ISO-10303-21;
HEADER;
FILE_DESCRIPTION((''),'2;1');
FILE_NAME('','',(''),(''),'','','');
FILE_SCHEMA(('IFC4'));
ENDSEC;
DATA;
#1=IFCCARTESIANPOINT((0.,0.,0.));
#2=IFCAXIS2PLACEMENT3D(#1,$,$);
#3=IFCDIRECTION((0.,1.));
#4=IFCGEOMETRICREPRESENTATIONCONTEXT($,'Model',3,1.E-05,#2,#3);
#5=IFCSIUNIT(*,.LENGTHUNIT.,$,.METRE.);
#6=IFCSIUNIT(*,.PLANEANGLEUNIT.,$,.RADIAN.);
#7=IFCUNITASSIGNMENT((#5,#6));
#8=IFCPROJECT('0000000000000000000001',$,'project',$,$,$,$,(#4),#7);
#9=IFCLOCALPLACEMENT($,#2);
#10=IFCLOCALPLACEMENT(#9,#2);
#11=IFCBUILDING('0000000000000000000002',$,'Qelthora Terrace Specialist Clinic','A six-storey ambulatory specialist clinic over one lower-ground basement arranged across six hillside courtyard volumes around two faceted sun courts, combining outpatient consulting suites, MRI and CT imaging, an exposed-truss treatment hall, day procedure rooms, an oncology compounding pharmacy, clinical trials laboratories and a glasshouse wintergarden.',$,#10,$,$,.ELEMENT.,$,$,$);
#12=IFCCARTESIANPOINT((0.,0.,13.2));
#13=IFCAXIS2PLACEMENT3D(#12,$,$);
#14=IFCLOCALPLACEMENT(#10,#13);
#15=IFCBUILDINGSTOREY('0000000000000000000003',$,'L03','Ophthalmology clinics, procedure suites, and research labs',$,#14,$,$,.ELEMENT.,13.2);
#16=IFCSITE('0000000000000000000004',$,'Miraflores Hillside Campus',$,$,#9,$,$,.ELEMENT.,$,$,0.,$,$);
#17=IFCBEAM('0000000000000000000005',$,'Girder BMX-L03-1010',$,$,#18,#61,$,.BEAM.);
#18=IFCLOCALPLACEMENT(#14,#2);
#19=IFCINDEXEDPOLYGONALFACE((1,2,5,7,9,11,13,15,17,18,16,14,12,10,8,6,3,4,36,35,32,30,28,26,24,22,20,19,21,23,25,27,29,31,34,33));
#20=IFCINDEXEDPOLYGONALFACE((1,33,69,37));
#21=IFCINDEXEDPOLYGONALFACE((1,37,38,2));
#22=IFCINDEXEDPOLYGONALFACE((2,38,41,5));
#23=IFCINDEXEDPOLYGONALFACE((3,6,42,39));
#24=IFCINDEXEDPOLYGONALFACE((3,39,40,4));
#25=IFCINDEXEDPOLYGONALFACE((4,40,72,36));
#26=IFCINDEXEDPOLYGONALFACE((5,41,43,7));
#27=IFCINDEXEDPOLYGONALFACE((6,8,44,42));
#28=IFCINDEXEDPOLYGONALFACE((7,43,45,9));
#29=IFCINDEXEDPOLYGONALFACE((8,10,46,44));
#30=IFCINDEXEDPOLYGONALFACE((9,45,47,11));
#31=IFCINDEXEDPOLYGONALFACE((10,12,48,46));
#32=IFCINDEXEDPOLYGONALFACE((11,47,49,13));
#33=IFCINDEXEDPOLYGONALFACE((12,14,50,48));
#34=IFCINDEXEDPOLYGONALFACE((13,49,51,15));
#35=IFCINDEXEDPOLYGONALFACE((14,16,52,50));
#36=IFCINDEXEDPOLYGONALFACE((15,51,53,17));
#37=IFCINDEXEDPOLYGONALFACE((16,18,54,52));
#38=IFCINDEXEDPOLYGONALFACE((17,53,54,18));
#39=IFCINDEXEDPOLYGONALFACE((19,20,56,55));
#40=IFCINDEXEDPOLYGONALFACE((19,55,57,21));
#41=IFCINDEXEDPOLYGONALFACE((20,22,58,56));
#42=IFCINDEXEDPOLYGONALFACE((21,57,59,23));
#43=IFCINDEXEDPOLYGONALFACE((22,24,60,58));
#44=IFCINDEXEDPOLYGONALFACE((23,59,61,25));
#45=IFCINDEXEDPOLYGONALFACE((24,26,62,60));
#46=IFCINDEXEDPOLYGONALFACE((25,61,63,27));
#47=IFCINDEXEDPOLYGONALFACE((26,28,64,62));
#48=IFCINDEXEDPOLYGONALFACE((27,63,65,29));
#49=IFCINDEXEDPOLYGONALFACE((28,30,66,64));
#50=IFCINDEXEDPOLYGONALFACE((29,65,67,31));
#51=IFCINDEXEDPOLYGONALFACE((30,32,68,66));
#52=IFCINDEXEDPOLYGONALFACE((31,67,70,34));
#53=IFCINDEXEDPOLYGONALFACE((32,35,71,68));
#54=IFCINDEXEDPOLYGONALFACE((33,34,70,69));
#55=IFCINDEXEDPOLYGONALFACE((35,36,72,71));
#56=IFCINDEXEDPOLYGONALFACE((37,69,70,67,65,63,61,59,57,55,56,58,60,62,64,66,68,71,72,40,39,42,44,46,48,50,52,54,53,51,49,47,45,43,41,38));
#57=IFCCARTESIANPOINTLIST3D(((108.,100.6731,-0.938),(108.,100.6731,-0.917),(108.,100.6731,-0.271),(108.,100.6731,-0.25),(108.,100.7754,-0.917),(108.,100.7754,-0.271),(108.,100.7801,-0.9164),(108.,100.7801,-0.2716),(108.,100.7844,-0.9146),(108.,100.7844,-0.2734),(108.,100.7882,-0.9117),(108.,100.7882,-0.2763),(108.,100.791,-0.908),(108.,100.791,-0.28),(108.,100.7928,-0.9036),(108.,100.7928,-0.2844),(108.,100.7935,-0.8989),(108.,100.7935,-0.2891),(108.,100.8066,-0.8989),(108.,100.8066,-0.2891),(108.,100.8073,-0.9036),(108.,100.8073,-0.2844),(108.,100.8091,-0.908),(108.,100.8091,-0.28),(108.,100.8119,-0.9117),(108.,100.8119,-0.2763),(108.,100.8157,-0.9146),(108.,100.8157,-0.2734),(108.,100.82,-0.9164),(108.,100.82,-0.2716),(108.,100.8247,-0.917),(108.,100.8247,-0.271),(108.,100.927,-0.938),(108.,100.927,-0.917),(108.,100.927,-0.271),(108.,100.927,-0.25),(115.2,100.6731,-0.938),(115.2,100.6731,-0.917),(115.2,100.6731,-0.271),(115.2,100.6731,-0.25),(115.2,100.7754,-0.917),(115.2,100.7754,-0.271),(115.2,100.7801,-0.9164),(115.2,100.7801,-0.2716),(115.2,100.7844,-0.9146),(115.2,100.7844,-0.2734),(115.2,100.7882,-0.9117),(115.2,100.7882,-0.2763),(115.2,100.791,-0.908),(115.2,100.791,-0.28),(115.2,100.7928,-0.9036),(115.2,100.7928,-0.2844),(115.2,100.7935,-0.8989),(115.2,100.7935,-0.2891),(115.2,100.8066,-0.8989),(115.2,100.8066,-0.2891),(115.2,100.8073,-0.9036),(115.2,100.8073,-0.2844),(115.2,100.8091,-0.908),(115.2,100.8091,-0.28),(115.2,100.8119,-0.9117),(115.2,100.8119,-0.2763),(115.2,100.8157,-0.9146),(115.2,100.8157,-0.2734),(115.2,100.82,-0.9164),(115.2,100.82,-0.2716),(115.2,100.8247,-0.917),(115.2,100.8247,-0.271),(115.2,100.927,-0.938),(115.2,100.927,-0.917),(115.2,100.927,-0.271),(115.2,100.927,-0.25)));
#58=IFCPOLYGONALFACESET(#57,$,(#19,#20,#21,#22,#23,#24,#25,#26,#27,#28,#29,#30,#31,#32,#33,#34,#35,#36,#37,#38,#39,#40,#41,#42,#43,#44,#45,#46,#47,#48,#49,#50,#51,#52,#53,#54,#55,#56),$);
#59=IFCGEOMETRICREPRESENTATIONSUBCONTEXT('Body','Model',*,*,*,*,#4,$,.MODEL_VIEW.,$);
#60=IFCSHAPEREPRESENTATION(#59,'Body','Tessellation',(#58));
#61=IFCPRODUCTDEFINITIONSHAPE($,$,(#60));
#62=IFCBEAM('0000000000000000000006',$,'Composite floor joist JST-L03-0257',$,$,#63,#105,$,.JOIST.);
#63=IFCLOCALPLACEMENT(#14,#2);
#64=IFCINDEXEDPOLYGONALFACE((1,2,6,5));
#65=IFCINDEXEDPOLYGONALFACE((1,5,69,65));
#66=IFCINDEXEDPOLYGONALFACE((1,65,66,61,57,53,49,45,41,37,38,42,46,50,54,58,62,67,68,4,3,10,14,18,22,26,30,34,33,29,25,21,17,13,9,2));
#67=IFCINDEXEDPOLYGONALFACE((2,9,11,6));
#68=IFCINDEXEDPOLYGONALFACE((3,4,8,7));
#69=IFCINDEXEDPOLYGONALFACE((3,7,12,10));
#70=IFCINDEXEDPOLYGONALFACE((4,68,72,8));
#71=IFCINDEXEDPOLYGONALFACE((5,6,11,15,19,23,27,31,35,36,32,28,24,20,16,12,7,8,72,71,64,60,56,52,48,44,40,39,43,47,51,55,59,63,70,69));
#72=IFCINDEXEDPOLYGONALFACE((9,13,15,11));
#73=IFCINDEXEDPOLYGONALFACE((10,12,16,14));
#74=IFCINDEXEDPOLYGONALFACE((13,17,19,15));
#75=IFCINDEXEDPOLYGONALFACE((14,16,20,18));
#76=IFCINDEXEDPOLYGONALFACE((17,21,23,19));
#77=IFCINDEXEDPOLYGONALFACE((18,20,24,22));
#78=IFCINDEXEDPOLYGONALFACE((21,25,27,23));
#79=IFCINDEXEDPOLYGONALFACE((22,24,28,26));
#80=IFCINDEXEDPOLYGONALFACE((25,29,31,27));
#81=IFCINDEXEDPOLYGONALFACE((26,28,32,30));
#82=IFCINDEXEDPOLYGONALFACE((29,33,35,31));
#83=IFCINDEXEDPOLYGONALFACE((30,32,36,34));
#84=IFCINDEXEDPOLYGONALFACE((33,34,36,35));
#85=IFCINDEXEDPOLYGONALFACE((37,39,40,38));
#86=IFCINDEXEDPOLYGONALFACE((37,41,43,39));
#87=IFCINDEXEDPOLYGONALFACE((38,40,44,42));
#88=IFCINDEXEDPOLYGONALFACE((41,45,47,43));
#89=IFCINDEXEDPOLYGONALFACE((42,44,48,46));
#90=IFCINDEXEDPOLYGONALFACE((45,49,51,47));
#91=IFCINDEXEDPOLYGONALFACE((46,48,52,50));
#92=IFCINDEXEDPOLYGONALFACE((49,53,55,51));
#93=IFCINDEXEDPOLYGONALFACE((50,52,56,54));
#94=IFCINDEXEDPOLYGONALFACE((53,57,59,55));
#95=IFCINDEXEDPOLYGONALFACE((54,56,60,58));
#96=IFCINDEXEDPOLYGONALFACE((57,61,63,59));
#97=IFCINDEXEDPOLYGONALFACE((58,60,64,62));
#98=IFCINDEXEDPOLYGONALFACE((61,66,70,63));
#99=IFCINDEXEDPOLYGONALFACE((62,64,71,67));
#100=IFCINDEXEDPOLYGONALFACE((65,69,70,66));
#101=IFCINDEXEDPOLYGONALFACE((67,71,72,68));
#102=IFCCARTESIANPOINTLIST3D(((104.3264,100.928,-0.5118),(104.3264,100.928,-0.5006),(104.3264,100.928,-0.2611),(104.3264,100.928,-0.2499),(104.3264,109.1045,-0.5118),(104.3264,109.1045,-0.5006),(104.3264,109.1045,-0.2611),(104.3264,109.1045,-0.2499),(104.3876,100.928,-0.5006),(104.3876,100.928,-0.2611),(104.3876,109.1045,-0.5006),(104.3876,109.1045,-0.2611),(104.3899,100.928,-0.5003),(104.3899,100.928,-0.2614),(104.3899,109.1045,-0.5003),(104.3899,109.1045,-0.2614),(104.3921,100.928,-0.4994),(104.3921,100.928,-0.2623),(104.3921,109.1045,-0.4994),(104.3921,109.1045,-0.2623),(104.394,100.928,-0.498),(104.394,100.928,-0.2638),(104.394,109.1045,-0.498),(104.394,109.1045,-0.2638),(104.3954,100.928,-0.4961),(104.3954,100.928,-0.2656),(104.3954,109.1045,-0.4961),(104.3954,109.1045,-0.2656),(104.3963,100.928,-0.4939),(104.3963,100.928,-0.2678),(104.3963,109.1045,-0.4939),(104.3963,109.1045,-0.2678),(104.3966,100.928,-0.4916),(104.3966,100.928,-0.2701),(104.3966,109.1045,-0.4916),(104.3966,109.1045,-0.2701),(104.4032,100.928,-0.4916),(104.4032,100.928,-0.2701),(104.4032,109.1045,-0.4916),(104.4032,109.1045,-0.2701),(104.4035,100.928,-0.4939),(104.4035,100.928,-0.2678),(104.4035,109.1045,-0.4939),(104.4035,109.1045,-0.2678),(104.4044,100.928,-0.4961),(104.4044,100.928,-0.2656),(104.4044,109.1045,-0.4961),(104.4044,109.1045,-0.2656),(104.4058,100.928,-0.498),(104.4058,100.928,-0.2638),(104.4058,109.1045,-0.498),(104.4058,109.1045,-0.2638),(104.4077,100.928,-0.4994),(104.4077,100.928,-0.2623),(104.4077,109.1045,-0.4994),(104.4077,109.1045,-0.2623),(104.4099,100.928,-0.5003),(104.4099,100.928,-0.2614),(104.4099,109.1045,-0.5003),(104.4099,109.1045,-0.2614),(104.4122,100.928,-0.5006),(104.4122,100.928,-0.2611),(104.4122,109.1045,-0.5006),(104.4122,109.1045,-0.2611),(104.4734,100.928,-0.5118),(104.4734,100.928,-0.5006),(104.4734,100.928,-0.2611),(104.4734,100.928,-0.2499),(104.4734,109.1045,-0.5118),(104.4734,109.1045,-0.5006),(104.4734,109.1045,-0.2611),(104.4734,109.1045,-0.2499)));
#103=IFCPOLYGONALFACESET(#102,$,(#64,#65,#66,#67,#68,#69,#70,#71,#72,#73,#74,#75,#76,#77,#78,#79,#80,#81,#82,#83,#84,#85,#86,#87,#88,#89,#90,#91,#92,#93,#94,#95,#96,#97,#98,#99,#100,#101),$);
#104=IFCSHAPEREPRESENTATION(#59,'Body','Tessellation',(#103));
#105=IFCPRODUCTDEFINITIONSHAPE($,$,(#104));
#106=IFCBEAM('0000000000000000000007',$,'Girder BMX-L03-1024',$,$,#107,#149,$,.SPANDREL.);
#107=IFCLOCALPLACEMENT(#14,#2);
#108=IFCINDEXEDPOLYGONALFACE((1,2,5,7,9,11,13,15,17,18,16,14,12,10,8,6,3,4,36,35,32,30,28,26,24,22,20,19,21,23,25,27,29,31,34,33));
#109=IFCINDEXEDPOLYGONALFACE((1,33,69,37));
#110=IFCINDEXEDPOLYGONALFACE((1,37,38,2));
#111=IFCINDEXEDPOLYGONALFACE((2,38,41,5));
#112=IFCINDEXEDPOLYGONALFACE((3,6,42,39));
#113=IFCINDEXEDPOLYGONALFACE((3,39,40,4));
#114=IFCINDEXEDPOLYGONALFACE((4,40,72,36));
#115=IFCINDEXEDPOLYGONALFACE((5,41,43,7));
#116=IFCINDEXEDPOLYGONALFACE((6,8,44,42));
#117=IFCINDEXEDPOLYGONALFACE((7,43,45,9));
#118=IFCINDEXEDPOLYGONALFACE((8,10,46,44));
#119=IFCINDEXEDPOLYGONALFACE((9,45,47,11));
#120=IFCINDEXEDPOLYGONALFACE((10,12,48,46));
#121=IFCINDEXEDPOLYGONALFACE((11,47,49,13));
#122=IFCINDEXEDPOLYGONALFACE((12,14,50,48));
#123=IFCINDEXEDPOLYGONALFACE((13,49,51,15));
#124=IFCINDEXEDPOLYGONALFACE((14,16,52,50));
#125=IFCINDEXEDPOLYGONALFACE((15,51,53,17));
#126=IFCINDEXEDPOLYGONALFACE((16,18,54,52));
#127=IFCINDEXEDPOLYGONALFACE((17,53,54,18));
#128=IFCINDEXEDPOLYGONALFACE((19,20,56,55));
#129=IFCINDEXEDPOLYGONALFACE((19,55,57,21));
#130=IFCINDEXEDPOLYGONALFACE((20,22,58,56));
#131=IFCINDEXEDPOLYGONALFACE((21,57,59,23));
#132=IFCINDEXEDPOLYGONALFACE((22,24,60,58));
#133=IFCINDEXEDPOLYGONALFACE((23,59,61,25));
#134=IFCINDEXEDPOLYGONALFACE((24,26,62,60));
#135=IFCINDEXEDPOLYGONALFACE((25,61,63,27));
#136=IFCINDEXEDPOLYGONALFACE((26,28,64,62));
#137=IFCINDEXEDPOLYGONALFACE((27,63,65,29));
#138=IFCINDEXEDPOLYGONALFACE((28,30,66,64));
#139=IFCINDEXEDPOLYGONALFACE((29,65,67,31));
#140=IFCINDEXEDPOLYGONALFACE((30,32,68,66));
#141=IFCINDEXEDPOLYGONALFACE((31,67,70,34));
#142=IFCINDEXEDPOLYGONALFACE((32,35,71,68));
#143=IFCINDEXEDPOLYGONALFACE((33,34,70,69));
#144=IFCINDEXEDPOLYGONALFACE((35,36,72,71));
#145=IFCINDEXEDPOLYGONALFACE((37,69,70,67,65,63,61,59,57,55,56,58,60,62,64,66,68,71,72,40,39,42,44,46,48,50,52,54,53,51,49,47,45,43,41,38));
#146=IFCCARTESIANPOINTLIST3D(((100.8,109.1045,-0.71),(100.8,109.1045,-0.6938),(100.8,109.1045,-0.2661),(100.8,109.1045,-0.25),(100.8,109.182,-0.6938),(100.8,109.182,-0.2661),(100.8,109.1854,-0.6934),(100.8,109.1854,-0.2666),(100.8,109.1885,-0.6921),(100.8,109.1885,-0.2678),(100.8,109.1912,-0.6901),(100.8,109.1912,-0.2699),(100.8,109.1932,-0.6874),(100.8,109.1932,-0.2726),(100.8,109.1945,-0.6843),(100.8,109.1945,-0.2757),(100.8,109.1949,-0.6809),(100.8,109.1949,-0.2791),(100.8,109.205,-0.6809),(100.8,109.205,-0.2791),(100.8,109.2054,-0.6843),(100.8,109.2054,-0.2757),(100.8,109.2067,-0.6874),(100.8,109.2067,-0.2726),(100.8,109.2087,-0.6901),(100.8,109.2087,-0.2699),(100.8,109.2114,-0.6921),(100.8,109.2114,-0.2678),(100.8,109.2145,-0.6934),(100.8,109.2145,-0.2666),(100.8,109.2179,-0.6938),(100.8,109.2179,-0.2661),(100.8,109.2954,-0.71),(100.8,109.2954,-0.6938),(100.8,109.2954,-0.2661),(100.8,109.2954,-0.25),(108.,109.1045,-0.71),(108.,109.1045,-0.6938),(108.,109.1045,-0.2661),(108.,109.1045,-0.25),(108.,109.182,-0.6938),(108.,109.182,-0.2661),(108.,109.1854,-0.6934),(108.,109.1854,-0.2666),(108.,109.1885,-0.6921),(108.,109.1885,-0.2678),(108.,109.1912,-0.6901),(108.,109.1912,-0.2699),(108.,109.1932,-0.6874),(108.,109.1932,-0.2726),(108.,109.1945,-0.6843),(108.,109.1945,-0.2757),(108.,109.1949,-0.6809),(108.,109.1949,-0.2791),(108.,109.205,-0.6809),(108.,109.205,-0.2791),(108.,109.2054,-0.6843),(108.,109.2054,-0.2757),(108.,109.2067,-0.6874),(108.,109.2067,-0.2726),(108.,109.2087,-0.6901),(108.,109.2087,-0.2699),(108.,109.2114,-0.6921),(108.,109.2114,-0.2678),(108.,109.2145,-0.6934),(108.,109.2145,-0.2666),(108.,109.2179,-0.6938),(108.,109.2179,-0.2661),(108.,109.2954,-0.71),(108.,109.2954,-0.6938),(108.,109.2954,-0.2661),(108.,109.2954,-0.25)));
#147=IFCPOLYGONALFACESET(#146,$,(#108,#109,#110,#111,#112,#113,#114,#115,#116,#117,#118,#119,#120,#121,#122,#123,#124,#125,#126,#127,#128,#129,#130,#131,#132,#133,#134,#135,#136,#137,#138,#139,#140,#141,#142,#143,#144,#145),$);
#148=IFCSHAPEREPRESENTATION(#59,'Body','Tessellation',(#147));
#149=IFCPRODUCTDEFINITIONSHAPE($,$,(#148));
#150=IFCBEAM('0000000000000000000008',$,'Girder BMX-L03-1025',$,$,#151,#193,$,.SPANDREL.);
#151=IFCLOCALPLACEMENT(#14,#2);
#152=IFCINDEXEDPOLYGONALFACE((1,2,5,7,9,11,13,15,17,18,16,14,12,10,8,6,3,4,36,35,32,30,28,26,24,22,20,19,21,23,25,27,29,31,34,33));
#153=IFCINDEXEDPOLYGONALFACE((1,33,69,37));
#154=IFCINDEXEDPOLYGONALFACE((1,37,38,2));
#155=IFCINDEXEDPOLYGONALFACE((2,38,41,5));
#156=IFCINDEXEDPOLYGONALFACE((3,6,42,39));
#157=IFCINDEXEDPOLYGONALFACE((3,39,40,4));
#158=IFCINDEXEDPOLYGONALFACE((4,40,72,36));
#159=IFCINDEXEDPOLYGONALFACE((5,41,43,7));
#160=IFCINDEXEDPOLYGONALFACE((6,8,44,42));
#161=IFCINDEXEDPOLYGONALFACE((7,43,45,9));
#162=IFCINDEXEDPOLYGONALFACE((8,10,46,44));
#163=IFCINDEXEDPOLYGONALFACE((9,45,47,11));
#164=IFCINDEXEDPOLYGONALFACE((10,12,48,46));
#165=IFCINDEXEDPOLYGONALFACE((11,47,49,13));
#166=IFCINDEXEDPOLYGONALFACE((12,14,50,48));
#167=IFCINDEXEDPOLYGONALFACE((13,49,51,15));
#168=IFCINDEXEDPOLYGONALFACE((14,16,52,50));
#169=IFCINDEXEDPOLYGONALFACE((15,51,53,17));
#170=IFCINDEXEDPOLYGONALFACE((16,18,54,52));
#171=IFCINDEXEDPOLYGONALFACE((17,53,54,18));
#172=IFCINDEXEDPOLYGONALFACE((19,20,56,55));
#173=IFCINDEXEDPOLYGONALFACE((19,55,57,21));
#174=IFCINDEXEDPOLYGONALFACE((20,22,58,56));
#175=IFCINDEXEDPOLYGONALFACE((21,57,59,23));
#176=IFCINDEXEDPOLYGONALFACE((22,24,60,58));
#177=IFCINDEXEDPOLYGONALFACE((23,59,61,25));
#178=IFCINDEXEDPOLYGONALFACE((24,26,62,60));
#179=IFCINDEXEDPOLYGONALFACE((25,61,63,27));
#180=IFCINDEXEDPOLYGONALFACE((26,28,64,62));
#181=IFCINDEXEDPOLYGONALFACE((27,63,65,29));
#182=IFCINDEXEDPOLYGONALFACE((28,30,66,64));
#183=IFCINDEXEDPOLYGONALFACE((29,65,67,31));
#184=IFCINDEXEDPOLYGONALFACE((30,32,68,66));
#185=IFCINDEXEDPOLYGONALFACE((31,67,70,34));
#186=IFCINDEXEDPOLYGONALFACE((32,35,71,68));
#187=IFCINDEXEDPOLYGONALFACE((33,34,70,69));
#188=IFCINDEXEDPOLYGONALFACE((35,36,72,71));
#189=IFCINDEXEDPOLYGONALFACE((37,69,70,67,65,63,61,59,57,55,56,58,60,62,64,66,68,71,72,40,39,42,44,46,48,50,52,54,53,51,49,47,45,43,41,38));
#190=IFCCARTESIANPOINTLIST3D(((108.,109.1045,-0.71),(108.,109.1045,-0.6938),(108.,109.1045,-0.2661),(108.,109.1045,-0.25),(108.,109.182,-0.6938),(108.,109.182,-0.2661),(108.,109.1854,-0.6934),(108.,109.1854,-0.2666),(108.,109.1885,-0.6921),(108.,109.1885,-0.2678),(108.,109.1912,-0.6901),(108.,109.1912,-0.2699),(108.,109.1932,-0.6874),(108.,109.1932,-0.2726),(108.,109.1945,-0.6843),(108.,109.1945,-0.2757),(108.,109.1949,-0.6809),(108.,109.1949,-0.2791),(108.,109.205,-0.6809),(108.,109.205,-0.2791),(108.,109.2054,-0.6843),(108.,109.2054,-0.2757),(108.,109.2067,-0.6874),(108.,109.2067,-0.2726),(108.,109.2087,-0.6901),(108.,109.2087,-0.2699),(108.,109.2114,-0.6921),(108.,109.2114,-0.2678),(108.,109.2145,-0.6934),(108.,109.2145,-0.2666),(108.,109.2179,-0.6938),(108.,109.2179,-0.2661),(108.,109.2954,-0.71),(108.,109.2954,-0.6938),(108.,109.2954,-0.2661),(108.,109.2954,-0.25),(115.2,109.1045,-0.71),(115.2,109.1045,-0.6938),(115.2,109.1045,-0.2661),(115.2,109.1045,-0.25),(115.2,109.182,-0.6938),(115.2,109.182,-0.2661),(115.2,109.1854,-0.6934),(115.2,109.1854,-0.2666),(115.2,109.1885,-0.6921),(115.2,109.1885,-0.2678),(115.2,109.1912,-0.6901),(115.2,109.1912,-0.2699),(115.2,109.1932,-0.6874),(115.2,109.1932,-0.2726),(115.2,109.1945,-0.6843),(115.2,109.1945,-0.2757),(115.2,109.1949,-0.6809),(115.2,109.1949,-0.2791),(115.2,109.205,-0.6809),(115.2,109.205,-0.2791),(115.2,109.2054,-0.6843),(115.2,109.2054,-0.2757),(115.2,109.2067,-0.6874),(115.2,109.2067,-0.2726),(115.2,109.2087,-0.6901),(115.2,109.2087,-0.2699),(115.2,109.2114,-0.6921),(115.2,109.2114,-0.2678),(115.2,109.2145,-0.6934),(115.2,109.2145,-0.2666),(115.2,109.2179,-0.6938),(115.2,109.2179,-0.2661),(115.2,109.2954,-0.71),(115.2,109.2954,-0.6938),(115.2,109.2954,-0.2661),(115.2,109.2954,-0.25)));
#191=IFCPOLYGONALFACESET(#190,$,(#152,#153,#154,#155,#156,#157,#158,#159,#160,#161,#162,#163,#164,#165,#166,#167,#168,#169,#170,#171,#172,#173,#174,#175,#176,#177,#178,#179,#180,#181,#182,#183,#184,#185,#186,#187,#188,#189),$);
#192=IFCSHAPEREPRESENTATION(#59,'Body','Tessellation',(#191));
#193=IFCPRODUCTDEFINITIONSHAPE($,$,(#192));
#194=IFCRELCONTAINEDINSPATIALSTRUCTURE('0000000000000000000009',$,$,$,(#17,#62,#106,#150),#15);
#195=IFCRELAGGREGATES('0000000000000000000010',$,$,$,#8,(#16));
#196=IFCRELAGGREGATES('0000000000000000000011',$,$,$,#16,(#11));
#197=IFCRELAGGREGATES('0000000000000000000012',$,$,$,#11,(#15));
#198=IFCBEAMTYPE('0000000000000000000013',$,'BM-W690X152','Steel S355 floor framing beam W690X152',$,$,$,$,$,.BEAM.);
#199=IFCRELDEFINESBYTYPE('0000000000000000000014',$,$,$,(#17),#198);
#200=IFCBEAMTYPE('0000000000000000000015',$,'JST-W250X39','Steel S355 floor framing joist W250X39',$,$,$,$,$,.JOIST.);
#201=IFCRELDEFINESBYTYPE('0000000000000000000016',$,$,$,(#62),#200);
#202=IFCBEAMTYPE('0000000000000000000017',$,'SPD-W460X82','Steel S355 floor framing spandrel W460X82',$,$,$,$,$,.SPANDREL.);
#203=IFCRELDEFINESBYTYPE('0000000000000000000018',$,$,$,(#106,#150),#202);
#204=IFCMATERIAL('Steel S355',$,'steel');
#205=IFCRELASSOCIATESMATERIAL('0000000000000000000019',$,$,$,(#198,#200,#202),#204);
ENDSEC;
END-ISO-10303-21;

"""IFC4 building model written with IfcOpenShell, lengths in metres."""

from ifc_helpers import new_model, si_unit, direction, frame, origin, origin_2d, place, context, subcontext, project, spatial, i_section, extrude, material, material_profile, profile_set, type_object, element, save


model = new_model("IFC4")

# Units and contexts
model_context = context("Model", 3, precision=1e-05, world=origin(), true_north=direction((0.0, 1.0)))
body_context = subcontext(model_context, "Body", "Model", "MODEL_VIEW")
ifc_project = project(units=[si_unit("LENGTHUNIT", "METRE"), si_unit("PLANEANGLEUNIT", "RADIAN")], contexts=[model_context])

# Site, building, storey
site_placement = place(None, origin())
site = spatial("IfcSite", under=ifc_project, at=site_placement, Name="Miraflores Hillside Campus", CompositionType="ELEMENT", RefElevation=0.0)
building_placement = place(site_placement, origin())
building = spatial("IfcBuilding", under=site, at=building_placement, Name="Qelthora Terrace Specialist Clinic", Description="A six-storey ambulatory specialist clinic over one lower-ground basement arranged across six hillside courtyard volumes around two faceted sun courts, combining outpatient consulting suites, MRI and CT imaging, an exposed-truss treatment hall, day procedure rooms, an oncology compounding pharmacy, clinical trials laboratories and a glasshouse wintergarden.", CompositionType="ELEMENT")
storey_placement = place(building_placement, frame((0.0, 0.0, 13.2)))
storey = spatial("IfcBuildingStorey", under=building, at=storey_placement, Name="L03", Description="Ophthalmology clinics, procedure suites, and research labs", CompositionType="ELEMENT", Elevation=13.2)

# Shared definitions
ifc_material_1 = material(Name="Steel S355", Category="steel")

# Beams
ifc_material_profile_1 = material_profile(ifc_material_1, i_section(OverallWidth=0.2539, OverallDepth=0.688, WebThickness=0.0132, FlangeThickness=0.021, FilletRadius=0.0181, at=origin_2d()), Name="W690X152")
ifc_profile_set_1 = profile_set([ifc_material_profile_1], Name="Steel S355")
beam_type_1 = type_object("IfcBeamType", Name="BM-W690X152", Description="Steel S355 floor framing beam W690X152", PredefinedType="BEAM", material=ifc_profile_set_1)
beam_1_placement = place(storey_placement, frame((108.0, 100.8, -0.594), z_axis=(1.0, 0.0, 0.0), x_axis=(0.0, 1.0, 0.0)))
element("IfcBeam", 1, at=beam_1_placement, inside=storey, type_object=beam_type_1, Name="Girder BMX-L03-1010", PredefinedType="BEAM", context=body_context, shape_type="SweptSolid", body=[
    extrude(i_section(OverallWidth=0.2539, OverallDepth=0.688, WebThickness=0.0132, FlangeThickness=0.021, FilletRadius=0.0181, at=origin_2d()), origin(), (0.0, 0.0, 1.0), 7.2),
])
ifc_material_profile_2 = material_profile(ifc_material_1, i_section(OverallWidth=0.147, OverallDepth=0.262, WebThickness=0.0066, FlangeThickness=0.0112, FilletRadius=0.009, at=origin_2d()), Name="W250X39")
ifc_profile_set_2 = profile_set([ifc_material_profile_2], Name="Steel S355")
beam_type_2 = type_object("IfcBeamType", Name="JST-W250X39", Description="Steel S355 floor framing joist W250X39", PredefinedType="JOIST", material=ifc_profile_set_2)
beam_2_placement = place(storey_placement, frame((104.3999, 100.928, -0.3809), z_axis=(0.0, 1.0, 0.0), x_axis=(-1.0, 0.0, 0.0)))
element("IfcBeam", 2, at=beam_2_placement, inside=storey, type_object=beam_type_2, Name="Composite floor joist JST-L03-0257", PredefinedType="JOIST", context=body_context, shape_type="SweptSolid", body=[
    extrude(i_section(OverallWidth=0.147, OverallDepth=0.262, WebThickness=0.0066, FlangeThickness=0.0112, FilletRadius=0.009, at=origin_2d()), origin(), (0.0, 0.0, 1.0), 8.1765),
])
ifc_material_profile_3 = material_profile(ifc_material_1, i_section(OverallWidth=0.1909, OverallDepth=0.46, WebThickness=0.01, FlangeThickness=0.0161, FilletRadius=0.0129, at=origin_2d()), Name="W460X82")
ifc_profile_set_3 = profile_set([ifc_material_profile_3], Name="Steel S355")
beam_type_3 = type_object("IfcBeamType", Name="SPD-W460X82", Description="Steel S355 floor framing spandrel W460X82", PredefinedType="SPANDREL", material=ifc_profile_set_3)
for number, where, z_axis, x_axis, name in (
    (3, (100.8, 109.2, -0.48), (1.0, 0.0, 0.0), (0.0, 1.0, 0.0), "Girder BMX-L03-1024"),
    (4, (108.0, 109.2, -0.48), (1.0, 0.0, 0.0), (0.0, 1.0, 0.0), "Girder BMX-L03-1025"),
):
    element("IfcBeam", number, at=place(storey_placement, frame(where, z_axis=z_axis, x_axis=x_axis)), inside=storey, type_object=beam_type_3, Name=name, PredefinedType="SPANDREL", context=body_context, shape_type="SweptSolid", body=[
        extrude(i_section(OverallWidth=0.1909, OverallDepth=0.46, WebThickness=0.01, FlangeThickness=0.0161, FilletRadius=0.0129, at=origin_2d()), origin(), (0.0, 0.0, 1.0), 7.2),
    ])

save(model, "model.ifc")
